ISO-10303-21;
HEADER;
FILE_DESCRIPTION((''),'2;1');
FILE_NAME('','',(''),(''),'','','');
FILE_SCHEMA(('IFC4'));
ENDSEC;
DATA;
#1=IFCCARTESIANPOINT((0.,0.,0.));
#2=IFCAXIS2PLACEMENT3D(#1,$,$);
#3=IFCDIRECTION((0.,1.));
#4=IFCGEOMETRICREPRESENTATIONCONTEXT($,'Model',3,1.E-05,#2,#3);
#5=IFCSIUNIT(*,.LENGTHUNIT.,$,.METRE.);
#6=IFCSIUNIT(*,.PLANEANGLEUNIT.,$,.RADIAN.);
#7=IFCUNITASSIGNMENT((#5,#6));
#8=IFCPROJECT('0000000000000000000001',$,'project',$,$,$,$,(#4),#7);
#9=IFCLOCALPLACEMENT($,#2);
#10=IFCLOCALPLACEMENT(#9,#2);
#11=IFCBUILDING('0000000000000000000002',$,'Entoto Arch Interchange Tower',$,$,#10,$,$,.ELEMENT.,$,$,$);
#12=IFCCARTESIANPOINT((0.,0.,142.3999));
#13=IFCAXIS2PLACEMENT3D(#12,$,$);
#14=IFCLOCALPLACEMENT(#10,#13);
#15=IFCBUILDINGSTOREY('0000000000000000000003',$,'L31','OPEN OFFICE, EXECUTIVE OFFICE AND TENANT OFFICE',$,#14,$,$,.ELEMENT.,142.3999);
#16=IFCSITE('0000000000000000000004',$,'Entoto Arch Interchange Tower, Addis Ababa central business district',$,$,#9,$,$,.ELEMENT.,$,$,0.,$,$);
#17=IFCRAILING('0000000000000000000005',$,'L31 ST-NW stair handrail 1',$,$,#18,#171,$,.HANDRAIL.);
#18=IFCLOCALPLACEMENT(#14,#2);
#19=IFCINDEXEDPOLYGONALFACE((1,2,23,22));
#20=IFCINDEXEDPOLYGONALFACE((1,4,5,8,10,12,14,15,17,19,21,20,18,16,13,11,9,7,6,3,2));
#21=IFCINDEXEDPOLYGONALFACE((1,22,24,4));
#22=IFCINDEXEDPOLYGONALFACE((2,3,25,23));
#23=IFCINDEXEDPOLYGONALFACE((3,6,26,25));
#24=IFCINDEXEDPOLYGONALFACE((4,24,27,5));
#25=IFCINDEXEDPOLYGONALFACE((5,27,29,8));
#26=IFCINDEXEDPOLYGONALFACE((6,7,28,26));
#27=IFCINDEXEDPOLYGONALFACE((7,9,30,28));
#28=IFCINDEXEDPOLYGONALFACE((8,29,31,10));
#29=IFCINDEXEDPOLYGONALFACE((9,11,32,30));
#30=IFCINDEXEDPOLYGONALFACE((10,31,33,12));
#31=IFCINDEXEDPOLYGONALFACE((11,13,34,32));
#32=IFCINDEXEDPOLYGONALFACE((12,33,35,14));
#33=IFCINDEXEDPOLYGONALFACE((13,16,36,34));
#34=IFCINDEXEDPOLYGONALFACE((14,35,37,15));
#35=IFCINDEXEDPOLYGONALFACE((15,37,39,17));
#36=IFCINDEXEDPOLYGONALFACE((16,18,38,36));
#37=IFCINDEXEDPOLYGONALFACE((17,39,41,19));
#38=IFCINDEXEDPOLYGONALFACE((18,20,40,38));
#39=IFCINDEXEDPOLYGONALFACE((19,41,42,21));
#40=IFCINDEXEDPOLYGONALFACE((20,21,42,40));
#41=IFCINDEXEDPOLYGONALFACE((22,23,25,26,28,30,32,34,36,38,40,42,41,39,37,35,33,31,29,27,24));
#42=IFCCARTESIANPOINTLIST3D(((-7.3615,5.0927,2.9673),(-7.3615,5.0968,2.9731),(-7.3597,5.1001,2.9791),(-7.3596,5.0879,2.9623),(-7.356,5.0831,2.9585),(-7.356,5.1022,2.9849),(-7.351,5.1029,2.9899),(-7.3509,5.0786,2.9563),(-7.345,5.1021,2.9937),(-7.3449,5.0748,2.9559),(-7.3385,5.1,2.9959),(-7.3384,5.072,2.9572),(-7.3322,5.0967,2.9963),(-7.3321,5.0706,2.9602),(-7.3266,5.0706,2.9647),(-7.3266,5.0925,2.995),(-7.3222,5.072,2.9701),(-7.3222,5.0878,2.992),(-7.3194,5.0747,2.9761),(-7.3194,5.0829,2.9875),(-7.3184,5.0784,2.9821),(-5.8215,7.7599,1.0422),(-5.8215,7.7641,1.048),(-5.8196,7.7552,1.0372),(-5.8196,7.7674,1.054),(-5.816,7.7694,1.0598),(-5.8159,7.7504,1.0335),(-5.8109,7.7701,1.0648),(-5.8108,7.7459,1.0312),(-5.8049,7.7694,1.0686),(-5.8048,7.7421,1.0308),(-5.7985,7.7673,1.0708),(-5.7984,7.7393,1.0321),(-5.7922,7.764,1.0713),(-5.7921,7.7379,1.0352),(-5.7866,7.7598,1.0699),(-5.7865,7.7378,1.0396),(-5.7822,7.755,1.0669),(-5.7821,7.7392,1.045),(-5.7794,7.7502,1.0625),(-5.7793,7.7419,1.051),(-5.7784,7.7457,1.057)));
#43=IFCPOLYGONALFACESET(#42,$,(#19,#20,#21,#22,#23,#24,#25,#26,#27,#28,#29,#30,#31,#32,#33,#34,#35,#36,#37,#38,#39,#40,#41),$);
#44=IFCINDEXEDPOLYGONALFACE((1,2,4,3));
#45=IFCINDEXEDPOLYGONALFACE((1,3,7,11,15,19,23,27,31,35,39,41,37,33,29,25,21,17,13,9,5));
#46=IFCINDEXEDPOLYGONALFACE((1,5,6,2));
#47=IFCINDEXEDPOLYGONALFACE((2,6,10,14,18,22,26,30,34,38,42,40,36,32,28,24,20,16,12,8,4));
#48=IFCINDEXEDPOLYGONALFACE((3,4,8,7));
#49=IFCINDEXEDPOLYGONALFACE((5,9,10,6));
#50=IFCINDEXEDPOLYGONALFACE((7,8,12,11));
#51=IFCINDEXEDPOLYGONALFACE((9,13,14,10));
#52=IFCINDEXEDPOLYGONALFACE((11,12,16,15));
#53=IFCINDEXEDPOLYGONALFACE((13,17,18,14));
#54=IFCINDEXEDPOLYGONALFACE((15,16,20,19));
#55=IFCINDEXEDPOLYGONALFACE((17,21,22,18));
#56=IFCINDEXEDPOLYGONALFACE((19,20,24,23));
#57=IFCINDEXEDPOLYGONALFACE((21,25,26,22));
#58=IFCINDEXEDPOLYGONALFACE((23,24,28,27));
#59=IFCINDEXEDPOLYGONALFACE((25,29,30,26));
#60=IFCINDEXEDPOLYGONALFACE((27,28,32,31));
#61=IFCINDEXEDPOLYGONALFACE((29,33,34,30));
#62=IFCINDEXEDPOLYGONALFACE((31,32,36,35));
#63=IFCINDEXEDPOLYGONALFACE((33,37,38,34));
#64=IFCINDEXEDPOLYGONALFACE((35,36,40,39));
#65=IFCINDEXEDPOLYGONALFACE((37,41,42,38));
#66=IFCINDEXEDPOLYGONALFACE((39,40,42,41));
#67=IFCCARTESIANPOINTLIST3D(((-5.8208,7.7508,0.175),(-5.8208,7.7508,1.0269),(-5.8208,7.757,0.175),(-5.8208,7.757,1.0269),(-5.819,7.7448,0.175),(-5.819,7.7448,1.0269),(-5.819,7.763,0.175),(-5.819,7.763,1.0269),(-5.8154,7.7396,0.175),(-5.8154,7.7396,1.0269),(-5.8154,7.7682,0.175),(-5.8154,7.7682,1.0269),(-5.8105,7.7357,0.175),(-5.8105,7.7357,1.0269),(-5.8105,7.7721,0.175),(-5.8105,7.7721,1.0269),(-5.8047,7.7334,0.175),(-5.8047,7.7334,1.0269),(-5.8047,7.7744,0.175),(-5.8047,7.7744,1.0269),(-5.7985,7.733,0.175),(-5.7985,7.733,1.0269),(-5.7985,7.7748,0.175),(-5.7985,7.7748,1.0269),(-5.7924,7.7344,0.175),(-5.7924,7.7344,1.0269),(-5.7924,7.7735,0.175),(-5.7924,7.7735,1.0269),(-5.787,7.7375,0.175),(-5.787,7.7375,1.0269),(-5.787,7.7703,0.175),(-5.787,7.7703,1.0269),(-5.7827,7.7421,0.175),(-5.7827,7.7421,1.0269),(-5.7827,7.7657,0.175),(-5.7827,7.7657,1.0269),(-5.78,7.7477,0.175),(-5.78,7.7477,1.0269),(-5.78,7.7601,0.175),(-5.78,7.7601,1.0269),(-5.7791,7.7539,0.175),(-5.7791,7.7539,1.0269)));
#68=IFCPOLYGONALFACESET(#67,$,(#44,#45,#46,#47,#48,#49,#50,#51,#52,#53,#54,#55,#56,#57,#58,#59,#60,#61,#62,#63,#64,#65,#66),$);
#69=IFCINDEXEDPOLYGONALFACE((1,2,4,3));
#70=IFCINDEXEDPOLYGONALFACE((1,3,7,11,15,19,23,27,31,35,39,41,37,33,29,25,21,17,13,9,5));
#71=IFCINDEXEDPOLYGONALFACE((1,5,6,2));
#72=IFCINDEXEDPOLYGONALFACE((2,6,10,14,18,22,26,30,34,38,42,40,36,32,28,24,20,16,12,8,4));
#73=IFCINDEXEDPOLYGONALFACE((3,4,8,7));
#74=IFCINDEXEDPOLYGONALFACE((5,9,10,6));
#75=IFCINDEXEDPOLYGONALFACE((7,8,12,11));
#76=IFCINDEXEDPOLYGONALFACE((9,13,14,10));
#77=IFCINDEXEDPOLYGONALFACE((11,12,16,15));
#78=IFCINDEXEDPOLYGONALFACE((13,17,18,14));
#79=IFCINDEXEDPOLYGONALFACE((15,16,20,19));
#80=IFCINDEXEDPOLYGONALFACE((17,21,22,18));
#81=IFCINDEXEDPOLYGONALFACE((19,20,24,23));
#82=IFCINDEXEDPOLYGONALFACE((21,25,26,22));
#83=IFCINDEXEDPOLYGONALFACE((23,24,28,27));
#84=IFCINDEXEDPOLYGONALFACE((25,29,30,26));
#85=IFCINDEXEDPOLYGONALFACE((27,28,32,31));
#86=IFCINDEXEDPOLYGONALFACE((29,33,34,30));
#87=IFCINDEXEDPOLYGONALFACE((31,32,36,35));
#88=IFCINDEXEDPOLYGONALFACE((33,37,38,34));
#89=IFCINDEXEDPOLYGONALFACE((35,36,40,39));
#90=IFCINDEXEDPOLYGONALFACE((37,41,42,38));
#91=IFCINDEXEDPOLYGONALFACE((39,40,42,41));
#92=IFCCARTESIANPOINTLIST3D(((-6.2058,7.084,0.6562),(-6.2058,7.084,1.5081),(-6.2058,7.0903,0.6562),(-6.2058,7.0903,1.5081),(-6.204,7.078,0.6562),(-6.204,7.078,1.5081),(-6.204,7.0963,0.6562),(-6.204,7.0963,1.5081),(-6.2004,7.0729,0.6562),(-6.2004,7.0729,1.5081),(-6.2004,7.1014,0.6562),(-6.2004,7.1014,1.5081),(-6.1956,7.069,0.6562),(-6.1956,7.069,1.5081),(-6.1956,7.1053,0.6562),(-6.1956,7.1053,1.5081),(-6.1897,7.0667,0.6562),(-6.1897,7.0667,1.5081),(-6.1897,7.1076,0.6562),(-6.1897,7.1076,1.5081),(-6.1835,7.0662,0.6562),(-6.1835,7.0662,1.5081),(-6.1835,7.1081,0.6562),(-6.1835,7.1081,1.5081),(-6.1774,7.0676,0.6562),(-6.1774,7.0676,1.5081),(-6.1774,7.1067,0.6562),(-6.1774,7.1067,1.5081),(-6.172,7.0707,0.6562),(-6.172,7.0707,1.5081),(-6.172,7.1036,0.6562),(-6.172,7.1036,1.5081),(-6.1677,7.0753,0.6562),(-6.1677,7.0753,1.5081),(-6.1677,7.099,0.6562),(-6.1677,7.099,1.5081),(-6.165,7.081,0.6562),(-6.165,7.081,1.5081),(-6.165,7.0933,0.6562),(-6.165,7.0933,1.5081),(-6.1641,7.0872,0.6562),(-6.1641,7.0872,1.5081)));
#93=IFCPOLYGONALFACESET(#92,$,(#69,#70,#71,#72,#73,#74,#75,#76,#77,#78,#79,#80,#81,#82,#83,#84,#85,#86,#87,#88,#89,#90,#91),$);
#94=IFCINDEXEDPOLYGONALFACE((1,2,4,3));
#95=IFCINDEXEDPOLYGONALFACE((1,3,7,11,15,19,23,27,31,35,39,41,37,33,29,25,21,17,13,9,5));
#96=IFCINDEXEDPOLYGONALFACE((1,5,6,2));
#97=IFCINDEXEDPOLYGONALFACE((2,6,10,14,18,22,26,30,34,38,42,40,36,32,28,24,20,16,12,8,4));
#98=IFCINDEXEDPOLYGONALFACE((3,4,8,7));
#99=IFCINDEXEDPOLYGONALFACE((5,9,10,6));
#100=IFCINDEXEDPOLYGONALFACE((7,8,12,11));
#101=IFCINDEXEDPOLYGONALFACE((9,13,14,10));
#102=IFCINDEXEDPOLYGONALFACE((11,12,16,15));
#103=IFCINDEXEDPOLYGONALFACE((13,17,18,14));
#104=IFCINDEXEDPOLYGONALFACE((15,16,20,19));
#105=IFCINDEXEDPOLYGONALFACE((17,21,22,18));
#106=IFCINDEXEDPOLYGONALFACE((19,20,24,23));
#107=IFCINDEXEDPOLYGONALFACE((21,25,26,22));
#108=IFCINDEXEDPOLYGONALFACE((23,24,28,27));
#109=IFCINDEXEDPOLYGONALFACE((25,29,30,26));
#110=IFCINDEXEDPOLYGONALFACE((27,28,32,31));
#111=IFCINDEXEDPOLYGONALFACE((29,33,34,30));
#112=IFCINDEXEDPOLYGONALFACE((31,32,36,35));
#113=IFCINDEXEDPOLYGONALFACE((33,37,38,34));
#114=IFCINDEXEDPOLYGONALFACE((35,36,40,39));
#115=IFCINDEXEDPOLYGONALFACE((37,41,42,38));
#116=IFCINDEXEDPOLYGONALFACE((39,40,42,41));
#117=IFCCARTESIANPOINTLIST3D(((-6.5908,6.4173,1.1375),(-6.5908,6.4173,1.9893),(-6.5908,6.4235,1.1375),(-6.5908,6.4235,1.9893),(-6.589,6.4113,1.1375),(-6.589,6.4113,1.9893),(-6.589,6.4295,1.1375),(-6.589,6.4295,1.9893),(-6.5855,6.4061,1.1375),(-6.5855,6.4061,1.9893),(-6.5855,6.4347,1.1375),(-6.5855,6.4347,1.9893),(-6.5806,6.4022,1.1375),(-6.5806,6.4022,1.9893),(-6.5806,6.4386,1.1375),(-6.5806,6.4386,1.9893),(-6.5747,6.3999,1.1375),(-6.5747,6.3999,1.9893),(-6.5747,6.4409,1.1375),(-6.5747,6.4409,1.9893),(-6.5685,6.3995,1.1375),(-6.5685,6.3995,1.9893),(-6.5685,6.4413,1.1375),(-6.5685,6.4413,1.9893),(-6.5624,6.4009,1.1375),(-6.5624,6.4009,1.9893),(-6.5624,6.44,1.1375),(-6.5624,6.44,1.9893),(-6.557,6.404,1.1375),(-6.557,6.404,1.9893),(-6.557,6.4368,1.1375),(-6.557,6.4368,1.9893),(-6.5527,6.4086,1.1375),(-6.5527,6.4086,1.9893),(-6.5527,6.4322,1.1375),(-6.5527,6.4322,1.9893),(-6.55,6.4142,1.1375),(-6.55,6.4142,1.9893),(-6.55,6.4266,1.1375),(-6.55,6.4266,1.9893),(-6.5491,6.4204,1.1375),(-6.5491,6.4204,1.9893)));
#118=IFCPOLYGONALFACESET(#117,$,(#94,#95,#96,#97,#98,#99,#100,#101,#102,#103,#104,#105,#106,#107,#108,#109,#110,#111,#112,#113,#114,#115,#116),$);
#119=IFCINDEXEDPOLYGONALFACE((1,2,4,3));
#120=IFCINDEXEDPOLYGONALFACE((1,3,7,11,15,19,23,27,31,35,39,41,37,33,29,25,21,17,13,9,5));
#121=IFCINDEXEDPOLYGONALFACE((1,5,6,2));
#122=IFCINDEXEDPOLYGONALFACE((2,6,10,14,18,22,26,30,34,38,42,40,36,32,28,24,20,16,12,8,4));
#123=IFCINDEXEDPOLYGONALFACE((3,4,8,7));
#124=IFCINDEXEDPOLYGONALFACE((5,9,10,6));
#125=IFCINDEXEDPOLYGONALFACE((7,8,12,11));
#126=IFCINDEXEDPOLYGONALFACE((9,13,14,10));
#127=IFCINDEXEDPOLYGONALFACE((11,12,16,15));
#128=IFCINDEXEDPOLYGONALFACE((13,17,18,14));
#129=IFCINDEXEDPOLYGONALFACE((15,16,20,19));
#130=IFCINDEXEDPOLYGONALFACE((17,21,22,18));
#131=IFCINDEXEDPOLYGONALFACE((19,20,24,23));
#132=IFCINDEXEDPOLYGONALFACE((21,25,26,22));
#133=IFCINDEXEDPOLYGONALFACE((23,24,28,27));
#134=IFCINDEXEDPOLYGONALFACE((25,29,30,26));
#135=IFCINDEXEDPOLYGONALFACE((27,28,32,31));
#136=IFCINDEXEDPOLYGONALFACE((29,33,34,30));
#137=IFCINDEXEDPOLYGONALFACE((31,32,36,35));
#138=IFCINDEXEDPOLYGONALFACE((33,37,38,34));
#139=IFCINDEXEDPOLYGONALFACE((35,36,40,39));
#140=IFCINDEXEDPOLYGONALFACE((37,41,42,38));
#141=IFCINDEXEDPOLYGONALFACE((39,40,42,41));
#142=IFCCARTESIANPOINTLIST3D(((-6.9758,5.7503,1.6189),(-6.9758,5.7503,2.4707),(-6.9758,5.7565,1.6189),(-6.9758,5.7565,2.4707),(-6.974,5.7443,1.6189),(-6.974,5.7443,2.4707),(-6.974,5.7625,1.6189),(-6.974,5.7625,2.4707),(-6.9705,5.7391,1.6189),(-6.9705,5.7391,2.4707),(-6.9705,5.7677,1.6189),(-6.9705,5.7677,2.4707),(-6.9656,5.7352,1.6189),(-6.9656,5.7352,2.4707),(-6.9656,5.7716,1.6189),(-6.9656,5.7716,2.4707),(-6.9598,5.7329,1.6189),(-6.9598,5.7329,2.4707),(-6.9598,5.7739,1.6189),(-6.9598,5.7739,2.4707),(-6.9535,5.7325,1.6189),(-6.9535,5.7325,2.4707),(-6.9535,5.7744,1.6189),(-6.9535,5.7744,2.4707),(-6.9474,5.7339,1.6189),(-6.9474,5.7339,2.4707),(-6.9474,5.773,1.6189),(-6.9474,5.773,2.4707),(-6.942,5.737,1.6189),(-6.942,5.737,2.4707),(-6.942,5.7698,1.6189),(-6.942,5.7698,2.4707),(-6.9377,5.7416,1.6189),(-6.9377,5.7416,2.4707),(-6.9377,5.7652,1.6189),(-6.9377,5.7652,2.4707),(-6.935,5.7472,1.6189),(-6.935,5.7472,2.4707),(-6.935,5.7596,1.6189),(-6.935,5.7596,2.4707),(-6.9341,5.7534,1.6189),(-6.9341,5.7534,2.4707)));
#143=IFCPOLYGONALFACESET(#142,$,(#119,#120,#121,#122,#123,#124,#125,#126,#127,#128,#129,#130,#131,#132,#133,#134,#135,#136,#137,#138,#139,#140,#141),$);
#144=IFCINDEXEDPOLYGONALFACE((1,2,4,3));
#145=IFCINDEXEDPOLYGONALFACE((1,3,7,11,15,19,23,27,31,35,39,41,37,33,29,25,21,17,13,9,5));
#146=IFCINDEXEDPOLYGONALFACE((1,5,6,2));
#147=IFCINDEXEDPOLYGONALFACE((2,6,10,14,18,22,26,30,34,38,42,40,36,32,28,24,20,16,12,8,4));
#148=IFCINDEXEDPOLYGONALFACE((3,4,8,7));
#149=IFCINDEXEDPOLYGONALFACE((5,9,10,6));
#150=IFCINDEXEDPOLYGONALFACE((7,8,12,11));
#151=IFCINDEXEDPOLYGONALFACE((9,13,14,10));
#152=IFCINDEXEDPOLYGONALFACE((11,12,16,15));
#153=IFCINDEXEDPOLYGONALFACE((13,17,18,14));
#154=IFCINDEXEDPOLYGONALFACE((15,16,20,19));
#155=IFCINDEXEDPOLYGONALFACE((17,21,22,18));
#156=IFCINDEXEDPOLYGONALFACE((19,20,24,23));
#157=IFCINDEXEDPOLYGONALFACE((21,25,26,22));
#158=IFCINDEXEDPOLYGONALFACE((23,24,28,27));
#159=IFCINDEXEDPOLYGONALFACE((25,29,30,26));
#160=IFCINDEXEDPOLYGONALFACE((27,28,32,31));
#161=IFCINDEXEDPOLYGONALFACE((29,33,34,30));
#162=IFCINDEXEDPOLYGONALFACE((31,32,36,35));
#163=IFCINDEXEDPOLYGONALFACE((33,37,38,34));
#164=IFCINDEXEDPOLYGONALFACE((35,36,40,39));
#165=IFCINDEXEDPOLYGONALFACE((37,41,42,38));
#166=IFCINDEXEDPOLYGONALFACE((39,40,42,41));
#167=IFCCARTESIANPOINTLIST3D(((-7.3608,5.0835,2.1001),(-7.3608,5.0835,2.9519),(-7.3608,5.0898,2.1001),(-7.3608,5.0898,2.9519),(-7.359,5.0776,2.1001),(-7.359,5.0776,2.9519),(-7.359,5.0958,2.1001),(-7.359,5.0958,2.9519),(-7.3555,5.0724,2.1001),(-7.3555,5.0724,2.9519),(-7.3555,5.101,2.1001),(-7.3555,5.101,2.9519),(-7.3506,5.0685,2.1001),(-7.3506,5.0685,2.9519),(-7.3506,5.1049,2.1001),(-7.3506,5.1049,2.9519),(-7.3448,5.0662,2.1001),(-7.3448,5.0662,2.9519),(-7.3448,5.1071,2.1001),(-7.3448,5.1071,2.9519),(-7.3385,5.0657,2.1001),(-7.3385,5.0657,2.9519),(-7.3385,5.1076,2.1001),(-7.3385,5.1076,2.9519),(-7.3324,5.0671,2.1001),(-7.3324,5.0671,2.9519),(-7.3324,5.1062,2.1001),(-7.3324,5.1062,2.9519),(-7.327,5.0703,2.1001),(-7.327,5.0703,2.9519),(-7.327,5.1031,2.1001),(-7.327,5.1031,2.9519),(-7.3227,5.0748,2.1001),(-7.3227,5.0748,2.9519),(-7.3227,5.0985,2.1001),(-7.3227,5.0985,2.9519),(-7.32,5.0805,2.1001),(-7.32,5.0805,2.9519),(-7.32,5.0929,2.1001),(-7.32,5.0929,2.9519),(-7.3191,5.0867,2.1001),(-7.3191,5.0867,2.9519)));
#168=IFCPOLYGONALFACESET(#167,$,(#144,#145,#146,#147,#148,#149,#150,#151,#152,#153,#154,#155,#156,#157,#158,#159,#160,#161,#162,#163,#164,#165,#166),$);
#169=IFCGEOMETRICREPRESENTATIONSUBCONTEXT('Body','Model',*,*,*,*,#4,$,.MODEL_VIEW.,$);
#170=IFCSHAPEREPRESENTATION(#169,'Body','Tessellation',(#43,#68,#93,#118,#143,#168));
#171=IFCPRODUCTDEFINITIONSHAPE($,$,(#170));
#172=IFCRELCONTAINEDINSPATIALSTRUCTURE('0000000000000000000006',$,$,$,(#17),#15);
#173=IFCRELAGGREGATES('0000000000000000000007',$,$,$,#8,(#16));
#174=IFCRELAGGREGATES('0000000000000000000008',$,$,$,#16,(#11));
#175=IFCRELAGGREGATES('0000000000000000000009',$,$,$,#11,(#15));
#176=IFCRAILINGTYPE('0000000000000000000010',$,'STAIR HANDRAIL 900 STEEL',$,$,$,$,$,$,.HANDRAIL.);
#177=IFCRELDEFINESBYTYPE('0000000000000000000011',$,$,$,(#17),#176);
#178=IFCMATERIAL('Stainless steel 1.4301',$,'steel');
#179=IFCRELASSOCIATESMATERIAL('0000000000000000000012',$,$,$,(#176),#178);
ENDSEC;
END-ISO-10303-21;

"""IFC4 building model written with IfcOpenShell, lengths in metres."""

from ifc_helpers import new_model, si_unit, direction, frame, origin, origin_2d, place, context, subcontext, project, spatial, circle, extrude, material, type_object, element, save


model = new_model("IFC4")

# Units and contexts
model_context = context("Model", 3, precision=1e-05, world=origin(), true_north=direction((0.0, 1.0)))
body_context = subcontext(model_context, "Body", "Model", "MODEL_VIEW")
ifc_project = project(units=[si_unit("LENGTHUNIT", "METRE"), si_unit("PLANEANGLEUNIT", "RADIAN")], contexts=[model_context])

# Site, building, storey
site_placement = place(None, origin())
site = spatial("IfcSite", under=ifc_project, at=site_placement, Name="Entoto Arch Interchange Tower, Addis Ababa central business district", CompositionType="ELEMENT", RefElevation=0.0)
building_placement = place(site_placement, origin())
building = spatial("IfcBuilding", under=site, at=building_placement, Name="Entoto Arch Interchange Tower", CompositionType="ELEMENT")
storey_placement = place(building_placement, frame((0.0, 0.0, 142.3999)))
storey = spatial("IfcBuildingStorey", under=building, at=storey_placement, Name="L31", Description="OPEN OFFICE, EXECUTIVE OFFICE AND TENANT OFFICE", CompositionType="ELEMENT", Elevation=142.3999)

# Railing
ifc_material_1 = material(Name="Stainless steel 1.4301", Category="steel")
railing_type = type_object("IfcRailingType", Name="STAIR HANDRAIL 900 STEEL", PredefinedType="HANDRAIL", material=ifc_material_1)
railing_placement = place(storey_placement, frame((-5.8, 7.7539, 0.175)))
element("IfcRailing", 1, at=railing_placement, inside=storey, type_object=railing_type, Name="L31 ST-NW stair handrail 1", PredefinedType="HANDRAIL", context=body_context, shape_type="SweptSolid", body=[
    extrude(circle(Radius=0.0239, at=origin_2d()), frame((0.0, 0.0, 0.876), z_axis=(-0.424015, -0.734364, 0.530019), x_axis=(0.86601, -0.500027, 0.0)), (0.0, 0.0, 1.0), 3.6321),
    extrude(circle(Radius=0.021, at=origin_2d()), origin(), (0.0, 0.0, 1.0), 0.8518),
    extrude(circle(Radius=0.021, at=origin_2d()), frame((-0.385, -0.6667, 0.4812)), (0.0, 0.0, 1.0), 0.8518),
    extrude(circle(Radius=0.021, at=origin_2d()), frame((-0.77, -1.3335, 0.9624)), (0.0, 0.0, 1.0), 0.8518),
    extrude(circle(Radius=0.021, at=origin_2d()), frame((-1.155, -2.0005, 1.4438)), (0.0, 0.0, 1.0), 0.8518),
    extrude(circle(Radius=0.021, at=origin_2d()), frame((-1.54, -2.6672, 1.925)), (0.0, 0.0, 1.0), 0.8518),
])

save(model, "model.ifc")
